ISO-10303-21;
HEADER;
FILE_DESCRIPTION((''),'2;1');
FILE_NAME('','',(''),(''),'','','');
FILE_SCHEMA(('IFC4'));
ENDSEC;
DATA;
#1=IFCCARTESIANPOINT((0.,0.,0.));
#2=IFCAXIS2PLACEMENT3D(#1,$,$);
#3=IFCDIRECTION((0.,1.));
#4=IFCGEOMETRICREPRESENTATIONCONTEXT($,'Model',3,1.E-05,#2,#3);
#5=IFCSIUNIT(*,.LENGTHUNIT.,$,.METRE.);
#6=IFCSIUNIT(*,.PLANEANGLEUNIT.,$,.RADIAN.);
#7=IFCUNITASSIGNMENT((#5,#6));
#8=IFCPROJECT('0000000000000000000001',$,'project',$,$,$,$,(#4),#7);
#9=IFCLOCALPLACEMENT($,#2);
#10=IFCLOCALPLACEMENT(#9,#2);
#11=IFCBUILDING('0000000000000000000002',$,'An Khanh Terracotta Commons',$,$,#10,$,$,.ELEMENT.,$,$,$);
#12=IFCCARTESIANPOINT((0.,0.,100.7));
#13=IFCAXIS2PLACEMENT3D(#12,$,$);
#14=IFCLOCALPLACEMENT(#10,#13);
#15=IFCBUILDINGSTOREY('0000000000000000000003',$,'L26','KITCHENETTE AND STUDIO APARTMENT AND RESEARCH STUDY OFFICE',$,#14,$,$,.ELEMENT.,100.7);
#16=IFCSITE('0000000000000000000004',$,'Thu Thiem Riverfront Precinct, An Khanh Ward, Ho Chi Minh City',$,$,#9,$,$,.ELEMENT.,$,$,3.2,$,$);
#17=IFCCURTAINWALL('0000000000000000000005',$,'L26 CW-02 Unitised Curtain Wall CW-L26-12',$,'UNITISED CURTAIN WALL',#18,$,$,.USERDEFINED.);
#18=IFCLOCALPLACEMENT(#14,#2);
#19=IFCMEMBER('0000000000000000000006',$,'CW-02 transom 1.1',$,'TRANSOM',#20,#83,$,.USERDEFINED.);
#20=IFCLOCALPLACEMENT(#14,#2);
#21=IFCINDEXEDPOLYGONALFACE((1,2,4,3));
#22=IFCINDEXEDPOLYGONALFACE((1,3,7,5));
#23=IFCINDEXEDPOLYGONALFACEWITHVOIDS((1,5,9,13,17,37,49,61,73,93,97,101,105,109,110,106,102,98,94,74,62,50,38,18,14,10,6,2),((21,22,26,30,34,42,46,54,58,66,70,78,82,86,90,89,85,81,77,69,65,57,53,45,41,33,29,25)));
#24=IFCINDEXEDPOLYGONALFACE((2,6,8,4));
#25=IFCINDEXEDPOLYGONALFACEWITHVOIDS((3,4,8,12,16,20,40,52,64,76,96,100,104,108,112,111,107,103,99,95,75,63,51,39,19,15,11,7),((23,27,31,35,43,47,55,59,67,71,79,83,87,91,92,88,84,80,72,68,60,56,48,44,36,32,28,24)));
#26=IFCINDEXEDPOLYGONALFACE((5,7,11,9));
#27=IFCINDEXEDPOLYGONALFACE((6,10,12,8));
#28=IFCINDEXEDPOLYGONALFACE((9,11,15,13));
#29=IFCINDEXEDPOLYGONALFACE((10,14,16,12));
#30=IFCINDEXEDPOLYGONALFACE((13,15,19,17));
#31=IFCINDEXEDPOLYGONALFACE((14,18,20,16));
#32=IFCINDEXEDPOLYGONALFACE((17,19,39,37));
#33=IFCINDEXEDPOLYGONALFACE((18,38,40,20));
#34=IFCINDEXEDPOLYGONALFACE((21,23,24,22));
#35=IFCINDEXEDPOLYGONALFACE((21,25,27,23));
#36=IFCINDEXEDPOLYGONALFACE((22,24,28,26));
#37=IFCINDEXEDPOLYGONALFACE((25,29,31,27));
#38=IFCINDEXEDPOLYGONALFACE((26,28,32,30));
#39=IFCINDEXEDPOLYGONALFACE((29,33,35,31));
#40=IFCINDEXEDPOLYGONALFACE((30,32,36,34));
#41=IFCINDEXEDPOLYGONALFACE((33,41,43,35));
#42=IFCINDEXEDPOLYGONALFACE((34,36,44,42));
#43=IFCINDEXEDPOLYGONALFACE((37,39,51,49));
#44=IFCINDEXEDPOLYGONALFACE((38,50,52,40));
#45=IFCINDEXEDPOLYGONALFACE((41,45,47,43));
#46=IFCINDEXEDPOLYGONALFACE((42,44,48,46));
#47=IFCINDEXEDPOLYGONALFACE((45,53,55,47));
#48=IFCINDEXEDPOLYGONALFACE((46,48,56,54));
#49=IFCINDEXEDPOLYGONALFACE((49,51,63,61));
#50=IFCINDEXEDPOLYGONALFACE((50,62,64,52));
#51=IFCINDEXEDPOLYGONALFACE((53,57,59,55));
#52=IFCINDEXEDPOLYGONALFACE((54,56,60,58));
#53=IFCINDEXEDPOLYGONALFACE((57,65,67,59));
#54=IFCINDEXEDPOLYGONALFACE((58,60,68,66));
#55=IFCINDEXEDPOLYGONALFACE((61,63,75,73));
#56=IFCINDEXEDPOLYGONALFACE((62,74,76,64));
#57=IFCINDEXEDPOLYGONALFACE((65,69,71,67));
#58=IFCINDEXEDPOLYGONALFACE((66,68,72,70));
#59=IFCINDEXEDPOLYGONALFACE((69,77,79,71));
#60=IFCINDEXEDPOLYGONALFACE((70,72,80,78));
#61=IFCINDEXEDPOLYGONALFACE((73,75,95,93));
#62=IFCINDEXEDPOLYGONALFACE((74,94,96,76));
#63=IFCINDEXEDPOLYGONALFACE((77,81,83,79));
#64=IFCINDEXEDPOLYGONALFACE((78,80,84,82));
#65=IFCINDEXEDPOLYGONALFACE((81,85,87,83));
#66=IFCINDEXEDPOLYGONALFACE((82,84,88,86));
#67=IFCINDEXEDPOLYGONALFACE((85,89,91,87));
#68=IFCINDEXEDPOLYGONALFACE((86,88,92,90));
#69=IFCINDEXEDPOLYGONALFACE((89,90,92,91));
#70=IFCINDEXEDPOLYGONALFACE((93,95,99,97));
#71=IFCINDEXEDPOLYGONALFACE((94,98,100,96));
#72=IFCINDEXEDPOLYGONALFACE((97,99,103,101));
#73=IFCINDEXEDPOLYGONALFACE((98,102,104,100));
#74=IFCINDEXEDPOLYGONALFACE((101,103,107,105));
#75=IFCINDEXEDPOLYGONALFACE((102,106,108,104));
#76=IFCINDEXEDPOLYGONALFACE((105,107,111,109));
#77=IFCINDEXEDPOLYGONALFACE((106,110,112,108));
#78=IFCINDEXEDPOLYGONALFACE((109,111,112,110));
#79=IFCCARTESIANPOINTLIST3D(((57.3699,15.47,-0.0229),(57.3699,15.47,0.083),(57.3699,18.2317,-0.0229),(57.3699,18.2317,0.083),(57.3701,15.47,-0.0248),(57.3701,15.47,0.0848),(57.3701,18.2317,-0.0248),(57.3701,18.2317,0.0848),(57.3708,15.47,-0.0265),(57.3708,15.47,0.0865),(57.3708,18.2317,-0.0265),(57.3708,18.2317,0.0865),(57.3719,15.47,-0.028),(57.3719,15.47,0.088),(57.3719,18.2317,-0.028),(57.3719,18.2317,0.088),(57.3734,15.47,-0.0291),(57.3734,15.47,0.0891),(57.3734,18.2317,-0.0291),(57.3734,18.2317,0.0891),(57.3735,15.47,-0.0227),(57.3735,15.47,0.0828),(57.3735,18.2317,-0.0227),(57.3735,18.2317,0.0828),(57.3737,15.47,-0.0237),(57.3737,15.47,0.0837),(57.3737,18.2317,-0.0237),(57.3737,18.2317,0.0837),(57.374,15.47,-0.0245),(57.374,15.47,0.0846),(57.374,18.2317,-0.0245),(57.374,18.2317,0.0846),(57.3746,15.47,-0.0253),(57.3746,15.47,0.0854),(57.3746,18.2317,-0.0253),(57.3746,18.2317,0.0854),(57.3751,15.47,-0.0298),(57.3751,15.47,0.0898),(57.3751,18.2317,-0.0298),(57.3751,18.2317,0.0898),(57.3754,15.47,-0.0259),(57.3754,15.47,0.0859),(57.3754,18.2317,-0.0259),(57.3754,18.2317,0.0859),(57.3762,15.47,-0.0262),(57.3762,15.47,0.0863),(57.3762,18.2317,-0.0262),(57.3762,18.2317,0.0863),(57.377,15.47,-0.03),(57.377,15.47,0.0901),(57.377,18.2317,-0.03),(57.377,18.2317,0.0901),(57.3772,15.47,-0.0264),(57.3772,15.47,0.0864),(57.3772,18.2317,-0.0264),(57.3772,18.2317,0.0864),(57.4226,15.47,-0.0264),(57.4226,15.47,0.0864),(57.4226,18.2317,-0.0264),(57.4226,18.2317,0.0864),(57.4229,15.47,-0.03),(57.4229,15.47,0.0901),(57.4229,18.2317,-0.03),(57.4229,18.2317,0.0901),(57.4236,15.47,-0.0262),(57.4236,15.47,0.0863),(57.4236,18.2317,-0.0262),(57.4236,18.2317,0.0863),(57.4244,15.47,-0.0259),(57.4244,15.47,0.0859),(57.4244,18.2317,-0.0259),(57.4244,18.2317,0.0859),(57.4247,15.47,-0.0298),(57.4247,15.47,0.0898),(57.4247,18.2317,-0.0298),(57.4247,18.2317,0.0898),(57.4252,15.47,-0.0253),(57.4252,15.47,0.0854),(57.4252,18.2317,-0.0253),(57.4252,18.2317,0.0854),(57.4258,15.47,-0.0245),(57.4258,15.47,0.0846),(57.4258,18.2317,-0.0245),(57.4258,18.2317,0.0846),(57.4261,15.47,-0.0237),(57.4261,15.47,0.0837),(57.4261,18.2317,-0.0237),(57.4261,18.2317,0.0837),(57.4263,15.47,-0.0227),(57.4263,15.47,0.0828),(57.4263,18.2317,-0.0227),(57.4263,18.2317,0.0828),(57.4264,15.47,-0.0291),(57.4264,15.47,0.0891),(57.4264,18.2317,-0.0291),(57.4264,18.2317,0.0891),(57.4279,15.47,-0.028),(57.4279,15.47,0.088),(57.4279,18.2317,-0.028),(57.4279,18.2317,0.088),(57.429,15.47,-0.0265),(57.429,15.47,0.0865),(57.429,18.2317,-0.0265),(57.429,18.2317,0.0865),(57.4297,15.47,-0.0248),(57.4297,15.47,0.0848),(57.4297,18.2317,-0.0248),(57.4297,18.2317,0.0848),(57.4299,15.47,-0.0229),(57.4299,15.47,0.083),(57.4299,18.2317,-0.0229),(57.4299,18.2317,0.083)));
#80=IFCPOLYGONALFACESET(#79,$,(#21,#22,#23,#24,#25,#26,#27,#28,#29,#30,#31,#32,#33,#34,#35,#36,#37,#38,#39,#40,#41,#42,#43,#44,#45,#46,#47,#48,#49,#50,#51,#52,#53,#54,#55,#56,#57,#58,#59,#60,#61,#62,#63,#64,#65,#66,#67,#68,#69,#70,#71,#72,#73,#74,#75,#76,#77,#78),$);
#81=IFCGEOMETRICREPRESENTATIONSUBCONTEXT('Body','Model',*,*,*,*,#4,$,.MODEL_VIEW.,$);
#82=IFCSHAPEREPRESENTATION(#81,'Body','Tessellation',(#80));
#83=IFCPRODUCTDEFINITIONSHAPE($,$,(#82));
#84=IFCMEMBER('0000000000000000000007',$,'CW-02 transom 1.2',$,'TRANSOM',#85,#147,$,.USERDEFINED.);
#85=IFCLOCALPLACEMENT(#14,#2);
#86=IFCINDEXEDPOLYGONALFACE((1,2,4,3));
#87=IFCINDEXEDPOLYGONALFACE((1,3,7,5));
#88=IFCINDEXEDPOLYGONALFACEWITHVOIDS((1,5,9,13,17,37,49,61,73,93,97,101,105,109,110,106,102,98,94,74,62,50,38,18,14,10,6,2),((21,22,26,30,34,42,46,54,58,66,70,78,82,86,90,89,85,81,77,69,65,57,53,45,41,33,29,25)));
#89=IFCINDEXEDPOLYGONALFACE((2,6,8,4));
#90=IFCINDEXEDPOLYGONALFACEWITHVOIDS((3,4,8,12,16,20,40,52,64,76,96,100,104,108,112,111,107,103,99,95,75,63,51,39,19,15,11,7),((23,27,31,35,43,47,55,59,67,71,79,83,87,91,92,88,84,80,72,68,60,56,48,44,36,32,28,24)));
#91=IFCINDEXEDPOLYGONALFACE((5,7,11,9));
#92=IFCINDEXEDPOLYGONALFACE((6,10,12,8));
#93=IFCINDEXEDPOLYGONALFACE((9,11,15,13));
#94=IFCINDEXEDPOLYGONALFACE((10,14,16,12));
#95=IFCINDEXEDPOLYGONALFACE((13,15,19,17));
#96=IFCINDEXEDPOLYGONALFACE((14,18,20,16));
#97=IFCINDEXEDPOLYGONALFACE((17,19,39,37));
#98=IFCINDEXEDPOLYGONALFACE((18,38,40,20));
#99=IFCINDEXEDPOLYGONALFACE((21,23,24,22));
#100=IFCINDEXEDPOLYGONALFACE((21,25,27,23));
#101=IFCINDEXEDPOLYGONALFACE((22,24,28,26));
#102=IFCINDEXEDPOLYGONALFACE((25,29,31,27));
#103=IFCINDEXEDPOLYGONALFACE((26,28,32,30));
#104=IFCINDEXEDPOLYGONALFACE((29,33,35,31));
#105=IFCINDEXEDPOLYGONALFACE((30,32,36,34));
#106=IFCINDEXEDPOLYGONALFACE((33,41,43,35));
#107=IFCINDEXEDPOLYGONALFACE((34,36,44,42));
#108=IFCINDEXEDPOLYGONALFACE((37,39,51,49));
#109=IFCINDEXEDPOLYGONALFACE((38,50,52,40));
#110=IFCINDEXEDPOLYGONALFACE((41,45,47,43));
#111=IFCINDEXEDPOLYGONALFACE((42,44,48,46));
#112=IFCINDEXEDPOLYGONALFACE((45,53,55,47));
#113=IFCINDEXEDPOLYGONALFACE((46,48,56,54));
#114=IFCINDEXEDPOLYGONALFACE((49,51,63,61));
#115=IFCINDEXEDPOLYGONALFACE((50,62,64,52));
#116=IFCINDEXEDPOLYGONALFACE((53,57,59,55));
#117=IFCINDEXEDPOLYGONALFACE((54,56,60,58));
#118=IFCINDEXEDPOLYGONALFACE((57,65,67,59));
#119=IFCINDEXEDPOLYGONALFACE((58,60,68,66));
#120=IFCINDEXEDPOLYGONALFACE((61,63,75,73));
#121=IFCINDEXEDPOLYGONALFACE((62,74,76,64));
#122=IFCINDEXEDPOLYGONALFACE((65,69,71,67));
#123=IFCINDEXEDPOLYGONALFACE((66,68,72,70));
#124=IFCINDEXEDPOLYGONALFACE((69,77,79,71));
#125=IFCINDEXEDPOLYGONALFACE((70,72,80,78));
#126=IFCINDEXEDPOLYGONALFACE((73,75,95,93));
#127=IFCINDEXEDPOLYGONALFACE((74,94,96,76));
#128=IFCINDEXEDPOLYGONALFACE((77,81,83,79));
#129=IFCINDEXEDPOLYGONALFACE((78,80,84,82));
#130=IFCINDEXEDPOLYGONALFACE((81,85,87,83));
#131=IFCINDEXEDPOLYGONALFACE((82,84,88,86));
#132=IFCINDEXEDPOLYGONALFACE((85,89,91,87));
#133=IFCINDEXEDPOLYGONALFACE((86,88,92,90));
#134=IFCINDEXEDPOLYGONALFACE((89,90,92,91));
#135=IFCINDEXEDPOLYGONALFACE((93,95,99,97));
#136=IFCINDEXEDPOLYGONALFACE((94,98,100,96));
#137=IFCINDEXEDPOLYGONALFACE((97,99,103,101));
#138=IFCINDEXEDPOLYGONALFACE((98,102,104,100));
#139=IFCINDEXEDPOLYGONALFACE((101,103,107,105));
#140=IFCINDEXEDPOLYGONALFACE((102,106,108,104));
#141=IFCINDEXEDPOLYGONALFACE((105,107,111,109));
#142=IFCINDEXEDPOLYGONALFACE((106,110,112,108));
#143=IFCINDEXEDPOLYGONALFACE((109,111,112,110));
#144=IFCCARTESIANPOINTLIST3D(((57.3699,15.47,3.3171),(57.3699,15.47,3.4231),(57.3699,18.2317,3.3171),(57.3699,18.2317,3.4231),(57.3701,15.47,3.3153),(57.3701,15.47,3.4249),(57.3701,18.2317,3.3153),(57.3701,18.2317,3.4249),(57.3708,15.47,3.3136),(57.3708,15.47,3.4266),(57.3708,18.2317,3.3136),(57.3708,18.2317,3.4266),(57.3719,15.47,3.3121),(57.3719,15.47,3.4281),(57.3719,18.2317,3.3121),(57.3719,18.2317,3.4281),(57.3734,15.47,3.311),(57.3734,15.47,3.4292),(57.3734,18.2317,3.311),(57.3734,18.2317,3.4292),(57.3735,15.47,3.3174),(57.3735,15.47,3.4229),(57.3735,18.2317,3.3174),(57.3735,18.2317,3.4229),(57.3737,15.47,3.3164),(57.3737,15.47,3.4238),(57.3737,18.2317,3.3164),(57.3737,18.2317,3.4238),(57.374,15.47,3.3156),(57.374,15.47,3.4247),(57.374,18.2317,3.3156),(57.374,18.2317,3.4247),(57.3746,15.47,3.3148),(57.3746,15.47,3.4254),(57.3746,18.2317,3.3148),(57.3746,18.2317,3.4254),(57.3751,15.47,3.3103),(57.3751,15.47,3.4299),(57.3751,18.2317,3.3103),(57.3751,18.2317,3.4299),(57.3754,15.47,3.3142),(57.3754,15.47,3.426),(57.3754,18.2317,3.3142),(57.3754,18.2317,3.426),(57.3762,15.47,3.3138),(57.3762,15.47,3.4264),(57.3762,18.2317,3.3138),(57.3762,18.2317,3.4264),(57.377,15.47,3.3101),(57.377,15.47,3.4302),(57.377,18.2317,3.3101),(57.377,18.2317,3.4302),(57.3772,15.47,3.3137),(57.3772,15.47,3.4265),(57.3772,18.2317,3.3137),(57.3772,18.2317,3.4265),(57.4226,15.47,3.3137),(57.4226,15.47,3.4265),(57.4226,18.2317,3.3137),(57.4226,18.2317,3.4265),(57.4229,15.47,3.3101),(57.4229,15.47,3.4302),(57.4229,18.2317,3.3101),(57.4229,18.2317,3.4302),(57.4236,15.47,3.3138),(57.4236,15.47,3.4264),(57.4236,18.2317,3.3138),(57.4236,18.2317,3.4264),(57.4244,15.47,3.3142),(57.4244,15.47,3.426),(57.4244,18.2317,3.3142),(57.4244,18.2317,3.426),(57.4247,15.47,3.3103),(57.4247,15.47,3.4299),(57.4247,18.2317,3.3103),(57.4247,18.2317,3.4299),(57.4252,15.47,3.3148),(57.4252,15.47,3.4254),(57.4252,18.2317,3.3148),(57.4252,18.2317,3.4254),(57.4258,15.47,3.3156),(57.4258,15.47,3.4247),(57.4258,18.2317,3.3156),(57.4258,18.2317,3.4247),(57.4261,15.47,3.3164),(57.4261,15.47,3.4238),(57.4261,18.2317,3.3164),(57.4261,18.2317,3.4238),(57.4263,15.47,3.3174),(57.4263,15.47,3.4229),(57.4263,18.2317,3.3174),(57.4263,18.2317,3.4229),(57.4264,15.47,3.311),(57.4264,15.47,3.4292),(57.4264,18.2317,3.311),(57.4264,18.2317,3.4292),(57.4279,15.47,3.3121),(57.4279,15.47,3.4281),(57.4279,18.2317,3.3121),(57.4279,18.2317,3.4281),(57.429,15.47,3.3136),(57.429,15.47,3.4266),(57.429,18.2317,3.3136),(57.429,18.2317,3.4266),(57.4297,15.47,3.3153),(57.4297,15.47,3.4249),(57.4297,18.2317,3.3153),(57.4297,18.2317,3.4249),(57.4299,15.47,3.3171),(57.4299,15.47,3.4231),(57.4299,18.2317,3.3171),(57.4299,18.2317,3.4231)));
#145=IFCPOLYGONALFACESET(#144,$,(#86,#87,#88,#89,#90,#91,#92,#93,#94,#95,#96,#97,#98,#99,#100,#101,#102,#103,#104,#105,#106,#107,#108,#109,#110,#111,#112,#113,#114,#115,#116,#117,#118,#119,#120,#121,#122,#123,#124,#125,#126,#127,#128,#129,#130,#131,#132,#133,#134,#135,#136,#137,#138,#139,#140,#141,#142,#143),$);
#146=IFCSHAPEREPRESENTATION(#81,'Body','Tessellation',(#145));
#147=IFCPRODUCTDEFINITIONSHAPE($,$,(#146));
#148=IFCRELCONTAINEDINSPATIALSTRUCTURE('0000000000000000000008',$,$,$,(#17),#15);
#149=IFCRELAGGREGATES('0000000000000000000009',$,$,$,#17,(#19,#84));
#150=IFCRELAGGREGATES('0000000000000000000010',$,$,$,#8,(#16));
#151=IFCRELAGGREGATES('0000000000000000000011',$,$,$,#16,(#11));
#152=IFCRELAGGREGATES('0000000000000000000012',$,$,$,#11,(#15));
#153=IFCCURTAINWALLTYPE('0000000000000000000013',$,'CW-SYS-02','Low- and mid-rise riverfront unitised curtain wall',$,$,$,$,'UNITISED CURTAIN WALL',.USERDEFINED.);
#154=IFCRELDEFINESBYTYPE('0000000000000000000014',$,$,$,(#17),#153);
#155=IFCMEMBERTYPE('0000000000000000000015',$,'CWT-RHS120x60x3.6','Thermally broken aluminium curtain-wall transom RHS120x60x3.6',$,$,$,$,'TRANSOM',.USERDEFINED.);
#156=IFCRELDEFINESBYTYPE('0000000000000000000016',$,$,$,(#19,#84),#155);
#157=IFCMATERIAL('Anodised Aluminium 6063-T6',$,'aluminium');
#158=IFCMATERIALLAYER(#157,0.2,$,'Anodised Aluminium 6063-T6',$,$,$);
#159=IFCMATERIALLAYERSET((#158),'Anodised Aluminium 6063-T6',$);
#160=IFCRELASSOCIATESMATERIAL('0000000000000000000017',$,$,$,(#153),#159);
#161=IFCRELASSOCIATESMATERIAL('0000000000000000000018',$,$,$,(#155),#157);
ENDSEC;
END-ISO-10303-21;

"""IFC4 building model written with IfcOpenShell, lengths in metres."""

from ifc_helpers import new_model, si_unit, direction, frame, origin, origin_2d, place, context, subcontext, project, spatial, hollow_rectangle, extrude, material, layer, layer_set, material_profile, profile_set, type_object, element, aggregate, save


model = new_model("IFC4")

# Units and contexts
model_context = context("Model", 3, precision=1e-05, world=origin(), true_north=direction((0.0, 1.0)))
body_context = subcontext(model_context, "Body", "Model", "MODEL_VIEW")
ifc_project = project(units=[si_unit("LENGTHUNIT", "METRE"), si_unit("PLANEANGLEUNIT", "RADIAN")], contexts=[model_context])

# Site, building, storey
site_placement = place(None, origin())
site = spatial("IfcSite", under=ifc_project, at=site_placement, Name="Thu Thiem Riverfront Precinct, An Khanh Ward, Ho Chi Minh City", CompositionType="ELEMENT", RefElevation=3.2)
building_placement = place(site_placement, origin())
building = spatial("IfcBuilding", under=site, at=building_placement, Name="An Khanh Terracotta Commons", CompositionType="ELEMENT")
storey_placement = place(building_placement, frame((0.0, 0.0, 100.7)))
storey = spatial("IfcBuildingStorey", under=building, at=storey_placement, Name="L26", Description="KITCHENETTE AND STUDIO APARTMENT AND RESEARCH STUDY OFFICE", CompositionType="ELEMENT", Elevation=100.7)

# Curtain wall
ifc_material_1 = material(Name="Anodised Aluminium 6063-T6", Category="aluminium")
ifc_layer_1 = layer(ifc_material_1, 0.2, Name="Anodised Aluminium 6063-T6")
ifc_layer_set_1 = layer_set([ifc_layer_1], Name="Anodised Aluminium 6063-T6")
curtain_wall_type = type_object("IfcCurtainWallType", Name="CW-SYS-02", Description="Low- and mid-rise riverfront unitised curtain wall", ElementType="UNITISED CURTAIN WALL", PredefinedType="USERDEFINED", material=ifc_layer_set_1)
curtain_wall_1_placement = place(storey_placement, origin())
curtain_wall_1 = element("IfcCurtainWall", 1, at=curtain_wall_1_placement, inside=storey, type_object=curtain_wall_type, Name="L26 CW-02 Unitised Curtain Wall CW-L26-12", ObjectType="UNITISED CURTAIN WALL", PredefinedType="USERDEFINED")

# Members
ifc_material_profile_1 = material_profile(ifc_material_1, hollow_rectangle(XDim=0.0601, YDim=0.1201, WallThickness=0.0037, InnerFilletRadius=0.0037, OuterFilletRadius=0.0071, at=origin_2d()), Name="RHS120x60x3.6")
ifc_profile_set_1 = profile_set([ifc_material_profile_1], Name="Anodised Aluminium 6063-T6")
member_type_1 = type_object("IfcMemberType", Name="CWT-RHS120x60x3.6", Description="Thermally broken aluminium curtain-wall transom RHS120x60x3.6", ElementType="TRANSOM", PredefinedType="USERDEFINED", material=ifc_profile_set_1)
member_1_placement = place(storey_placement, frame((57.3999, 15.47, 0.03), z_axis=(0.0, 1.0, 0.0), x_axis=(-1.0, 0.0, 0.0)))
member_1 = element("IfcMember", 2, at=member_1_placement, type_object=member_type_1, Name="CW-02 transom 1.1", ObjectType="TRANSOM", PredefinedType="USERDEFINED", context=body_context, shape_type="SweptSolid", body=[
    extrude(hollow_rectangle(XDim=0.0601, YDim=0.1201, WallThickness=0.0037, InnerFilletRadius=0.0037, OuterFilletRadius=0.0071, at=origin_2d()), origin(), (0.0, 0.0, 1.0), 2.7617),
])
member_2_placement = place(storey_placement, frame((57.3999, 15.47, 3.3701), z_axis=(0.0, 1.0, 0.0), x_axis=(-1.0, 0.0, 0.0)))
member_2 = element("IfcMember", 3, at=member_2_placement, type_object=member_type_1, Name="CW-02 transom 1.2", ObjectType="TRANSOM", PredefinedType="USERDEFINED", context=body_context, shape_type="SweptSolid", body=[
    extrude(hollow_rectangle(XDim=0.0601, YDim=0.1201, WallThickness=0.0037, InnerFilletRadius=0.0037, OuterFilletRadius=0.0071, at=origin_2d()), origin(), (0.0, 0.0, 1.0), 2.7617),
])

aggregate(curtain_wall_1, [member_1, member_2])

save(model, "model.ifc")
